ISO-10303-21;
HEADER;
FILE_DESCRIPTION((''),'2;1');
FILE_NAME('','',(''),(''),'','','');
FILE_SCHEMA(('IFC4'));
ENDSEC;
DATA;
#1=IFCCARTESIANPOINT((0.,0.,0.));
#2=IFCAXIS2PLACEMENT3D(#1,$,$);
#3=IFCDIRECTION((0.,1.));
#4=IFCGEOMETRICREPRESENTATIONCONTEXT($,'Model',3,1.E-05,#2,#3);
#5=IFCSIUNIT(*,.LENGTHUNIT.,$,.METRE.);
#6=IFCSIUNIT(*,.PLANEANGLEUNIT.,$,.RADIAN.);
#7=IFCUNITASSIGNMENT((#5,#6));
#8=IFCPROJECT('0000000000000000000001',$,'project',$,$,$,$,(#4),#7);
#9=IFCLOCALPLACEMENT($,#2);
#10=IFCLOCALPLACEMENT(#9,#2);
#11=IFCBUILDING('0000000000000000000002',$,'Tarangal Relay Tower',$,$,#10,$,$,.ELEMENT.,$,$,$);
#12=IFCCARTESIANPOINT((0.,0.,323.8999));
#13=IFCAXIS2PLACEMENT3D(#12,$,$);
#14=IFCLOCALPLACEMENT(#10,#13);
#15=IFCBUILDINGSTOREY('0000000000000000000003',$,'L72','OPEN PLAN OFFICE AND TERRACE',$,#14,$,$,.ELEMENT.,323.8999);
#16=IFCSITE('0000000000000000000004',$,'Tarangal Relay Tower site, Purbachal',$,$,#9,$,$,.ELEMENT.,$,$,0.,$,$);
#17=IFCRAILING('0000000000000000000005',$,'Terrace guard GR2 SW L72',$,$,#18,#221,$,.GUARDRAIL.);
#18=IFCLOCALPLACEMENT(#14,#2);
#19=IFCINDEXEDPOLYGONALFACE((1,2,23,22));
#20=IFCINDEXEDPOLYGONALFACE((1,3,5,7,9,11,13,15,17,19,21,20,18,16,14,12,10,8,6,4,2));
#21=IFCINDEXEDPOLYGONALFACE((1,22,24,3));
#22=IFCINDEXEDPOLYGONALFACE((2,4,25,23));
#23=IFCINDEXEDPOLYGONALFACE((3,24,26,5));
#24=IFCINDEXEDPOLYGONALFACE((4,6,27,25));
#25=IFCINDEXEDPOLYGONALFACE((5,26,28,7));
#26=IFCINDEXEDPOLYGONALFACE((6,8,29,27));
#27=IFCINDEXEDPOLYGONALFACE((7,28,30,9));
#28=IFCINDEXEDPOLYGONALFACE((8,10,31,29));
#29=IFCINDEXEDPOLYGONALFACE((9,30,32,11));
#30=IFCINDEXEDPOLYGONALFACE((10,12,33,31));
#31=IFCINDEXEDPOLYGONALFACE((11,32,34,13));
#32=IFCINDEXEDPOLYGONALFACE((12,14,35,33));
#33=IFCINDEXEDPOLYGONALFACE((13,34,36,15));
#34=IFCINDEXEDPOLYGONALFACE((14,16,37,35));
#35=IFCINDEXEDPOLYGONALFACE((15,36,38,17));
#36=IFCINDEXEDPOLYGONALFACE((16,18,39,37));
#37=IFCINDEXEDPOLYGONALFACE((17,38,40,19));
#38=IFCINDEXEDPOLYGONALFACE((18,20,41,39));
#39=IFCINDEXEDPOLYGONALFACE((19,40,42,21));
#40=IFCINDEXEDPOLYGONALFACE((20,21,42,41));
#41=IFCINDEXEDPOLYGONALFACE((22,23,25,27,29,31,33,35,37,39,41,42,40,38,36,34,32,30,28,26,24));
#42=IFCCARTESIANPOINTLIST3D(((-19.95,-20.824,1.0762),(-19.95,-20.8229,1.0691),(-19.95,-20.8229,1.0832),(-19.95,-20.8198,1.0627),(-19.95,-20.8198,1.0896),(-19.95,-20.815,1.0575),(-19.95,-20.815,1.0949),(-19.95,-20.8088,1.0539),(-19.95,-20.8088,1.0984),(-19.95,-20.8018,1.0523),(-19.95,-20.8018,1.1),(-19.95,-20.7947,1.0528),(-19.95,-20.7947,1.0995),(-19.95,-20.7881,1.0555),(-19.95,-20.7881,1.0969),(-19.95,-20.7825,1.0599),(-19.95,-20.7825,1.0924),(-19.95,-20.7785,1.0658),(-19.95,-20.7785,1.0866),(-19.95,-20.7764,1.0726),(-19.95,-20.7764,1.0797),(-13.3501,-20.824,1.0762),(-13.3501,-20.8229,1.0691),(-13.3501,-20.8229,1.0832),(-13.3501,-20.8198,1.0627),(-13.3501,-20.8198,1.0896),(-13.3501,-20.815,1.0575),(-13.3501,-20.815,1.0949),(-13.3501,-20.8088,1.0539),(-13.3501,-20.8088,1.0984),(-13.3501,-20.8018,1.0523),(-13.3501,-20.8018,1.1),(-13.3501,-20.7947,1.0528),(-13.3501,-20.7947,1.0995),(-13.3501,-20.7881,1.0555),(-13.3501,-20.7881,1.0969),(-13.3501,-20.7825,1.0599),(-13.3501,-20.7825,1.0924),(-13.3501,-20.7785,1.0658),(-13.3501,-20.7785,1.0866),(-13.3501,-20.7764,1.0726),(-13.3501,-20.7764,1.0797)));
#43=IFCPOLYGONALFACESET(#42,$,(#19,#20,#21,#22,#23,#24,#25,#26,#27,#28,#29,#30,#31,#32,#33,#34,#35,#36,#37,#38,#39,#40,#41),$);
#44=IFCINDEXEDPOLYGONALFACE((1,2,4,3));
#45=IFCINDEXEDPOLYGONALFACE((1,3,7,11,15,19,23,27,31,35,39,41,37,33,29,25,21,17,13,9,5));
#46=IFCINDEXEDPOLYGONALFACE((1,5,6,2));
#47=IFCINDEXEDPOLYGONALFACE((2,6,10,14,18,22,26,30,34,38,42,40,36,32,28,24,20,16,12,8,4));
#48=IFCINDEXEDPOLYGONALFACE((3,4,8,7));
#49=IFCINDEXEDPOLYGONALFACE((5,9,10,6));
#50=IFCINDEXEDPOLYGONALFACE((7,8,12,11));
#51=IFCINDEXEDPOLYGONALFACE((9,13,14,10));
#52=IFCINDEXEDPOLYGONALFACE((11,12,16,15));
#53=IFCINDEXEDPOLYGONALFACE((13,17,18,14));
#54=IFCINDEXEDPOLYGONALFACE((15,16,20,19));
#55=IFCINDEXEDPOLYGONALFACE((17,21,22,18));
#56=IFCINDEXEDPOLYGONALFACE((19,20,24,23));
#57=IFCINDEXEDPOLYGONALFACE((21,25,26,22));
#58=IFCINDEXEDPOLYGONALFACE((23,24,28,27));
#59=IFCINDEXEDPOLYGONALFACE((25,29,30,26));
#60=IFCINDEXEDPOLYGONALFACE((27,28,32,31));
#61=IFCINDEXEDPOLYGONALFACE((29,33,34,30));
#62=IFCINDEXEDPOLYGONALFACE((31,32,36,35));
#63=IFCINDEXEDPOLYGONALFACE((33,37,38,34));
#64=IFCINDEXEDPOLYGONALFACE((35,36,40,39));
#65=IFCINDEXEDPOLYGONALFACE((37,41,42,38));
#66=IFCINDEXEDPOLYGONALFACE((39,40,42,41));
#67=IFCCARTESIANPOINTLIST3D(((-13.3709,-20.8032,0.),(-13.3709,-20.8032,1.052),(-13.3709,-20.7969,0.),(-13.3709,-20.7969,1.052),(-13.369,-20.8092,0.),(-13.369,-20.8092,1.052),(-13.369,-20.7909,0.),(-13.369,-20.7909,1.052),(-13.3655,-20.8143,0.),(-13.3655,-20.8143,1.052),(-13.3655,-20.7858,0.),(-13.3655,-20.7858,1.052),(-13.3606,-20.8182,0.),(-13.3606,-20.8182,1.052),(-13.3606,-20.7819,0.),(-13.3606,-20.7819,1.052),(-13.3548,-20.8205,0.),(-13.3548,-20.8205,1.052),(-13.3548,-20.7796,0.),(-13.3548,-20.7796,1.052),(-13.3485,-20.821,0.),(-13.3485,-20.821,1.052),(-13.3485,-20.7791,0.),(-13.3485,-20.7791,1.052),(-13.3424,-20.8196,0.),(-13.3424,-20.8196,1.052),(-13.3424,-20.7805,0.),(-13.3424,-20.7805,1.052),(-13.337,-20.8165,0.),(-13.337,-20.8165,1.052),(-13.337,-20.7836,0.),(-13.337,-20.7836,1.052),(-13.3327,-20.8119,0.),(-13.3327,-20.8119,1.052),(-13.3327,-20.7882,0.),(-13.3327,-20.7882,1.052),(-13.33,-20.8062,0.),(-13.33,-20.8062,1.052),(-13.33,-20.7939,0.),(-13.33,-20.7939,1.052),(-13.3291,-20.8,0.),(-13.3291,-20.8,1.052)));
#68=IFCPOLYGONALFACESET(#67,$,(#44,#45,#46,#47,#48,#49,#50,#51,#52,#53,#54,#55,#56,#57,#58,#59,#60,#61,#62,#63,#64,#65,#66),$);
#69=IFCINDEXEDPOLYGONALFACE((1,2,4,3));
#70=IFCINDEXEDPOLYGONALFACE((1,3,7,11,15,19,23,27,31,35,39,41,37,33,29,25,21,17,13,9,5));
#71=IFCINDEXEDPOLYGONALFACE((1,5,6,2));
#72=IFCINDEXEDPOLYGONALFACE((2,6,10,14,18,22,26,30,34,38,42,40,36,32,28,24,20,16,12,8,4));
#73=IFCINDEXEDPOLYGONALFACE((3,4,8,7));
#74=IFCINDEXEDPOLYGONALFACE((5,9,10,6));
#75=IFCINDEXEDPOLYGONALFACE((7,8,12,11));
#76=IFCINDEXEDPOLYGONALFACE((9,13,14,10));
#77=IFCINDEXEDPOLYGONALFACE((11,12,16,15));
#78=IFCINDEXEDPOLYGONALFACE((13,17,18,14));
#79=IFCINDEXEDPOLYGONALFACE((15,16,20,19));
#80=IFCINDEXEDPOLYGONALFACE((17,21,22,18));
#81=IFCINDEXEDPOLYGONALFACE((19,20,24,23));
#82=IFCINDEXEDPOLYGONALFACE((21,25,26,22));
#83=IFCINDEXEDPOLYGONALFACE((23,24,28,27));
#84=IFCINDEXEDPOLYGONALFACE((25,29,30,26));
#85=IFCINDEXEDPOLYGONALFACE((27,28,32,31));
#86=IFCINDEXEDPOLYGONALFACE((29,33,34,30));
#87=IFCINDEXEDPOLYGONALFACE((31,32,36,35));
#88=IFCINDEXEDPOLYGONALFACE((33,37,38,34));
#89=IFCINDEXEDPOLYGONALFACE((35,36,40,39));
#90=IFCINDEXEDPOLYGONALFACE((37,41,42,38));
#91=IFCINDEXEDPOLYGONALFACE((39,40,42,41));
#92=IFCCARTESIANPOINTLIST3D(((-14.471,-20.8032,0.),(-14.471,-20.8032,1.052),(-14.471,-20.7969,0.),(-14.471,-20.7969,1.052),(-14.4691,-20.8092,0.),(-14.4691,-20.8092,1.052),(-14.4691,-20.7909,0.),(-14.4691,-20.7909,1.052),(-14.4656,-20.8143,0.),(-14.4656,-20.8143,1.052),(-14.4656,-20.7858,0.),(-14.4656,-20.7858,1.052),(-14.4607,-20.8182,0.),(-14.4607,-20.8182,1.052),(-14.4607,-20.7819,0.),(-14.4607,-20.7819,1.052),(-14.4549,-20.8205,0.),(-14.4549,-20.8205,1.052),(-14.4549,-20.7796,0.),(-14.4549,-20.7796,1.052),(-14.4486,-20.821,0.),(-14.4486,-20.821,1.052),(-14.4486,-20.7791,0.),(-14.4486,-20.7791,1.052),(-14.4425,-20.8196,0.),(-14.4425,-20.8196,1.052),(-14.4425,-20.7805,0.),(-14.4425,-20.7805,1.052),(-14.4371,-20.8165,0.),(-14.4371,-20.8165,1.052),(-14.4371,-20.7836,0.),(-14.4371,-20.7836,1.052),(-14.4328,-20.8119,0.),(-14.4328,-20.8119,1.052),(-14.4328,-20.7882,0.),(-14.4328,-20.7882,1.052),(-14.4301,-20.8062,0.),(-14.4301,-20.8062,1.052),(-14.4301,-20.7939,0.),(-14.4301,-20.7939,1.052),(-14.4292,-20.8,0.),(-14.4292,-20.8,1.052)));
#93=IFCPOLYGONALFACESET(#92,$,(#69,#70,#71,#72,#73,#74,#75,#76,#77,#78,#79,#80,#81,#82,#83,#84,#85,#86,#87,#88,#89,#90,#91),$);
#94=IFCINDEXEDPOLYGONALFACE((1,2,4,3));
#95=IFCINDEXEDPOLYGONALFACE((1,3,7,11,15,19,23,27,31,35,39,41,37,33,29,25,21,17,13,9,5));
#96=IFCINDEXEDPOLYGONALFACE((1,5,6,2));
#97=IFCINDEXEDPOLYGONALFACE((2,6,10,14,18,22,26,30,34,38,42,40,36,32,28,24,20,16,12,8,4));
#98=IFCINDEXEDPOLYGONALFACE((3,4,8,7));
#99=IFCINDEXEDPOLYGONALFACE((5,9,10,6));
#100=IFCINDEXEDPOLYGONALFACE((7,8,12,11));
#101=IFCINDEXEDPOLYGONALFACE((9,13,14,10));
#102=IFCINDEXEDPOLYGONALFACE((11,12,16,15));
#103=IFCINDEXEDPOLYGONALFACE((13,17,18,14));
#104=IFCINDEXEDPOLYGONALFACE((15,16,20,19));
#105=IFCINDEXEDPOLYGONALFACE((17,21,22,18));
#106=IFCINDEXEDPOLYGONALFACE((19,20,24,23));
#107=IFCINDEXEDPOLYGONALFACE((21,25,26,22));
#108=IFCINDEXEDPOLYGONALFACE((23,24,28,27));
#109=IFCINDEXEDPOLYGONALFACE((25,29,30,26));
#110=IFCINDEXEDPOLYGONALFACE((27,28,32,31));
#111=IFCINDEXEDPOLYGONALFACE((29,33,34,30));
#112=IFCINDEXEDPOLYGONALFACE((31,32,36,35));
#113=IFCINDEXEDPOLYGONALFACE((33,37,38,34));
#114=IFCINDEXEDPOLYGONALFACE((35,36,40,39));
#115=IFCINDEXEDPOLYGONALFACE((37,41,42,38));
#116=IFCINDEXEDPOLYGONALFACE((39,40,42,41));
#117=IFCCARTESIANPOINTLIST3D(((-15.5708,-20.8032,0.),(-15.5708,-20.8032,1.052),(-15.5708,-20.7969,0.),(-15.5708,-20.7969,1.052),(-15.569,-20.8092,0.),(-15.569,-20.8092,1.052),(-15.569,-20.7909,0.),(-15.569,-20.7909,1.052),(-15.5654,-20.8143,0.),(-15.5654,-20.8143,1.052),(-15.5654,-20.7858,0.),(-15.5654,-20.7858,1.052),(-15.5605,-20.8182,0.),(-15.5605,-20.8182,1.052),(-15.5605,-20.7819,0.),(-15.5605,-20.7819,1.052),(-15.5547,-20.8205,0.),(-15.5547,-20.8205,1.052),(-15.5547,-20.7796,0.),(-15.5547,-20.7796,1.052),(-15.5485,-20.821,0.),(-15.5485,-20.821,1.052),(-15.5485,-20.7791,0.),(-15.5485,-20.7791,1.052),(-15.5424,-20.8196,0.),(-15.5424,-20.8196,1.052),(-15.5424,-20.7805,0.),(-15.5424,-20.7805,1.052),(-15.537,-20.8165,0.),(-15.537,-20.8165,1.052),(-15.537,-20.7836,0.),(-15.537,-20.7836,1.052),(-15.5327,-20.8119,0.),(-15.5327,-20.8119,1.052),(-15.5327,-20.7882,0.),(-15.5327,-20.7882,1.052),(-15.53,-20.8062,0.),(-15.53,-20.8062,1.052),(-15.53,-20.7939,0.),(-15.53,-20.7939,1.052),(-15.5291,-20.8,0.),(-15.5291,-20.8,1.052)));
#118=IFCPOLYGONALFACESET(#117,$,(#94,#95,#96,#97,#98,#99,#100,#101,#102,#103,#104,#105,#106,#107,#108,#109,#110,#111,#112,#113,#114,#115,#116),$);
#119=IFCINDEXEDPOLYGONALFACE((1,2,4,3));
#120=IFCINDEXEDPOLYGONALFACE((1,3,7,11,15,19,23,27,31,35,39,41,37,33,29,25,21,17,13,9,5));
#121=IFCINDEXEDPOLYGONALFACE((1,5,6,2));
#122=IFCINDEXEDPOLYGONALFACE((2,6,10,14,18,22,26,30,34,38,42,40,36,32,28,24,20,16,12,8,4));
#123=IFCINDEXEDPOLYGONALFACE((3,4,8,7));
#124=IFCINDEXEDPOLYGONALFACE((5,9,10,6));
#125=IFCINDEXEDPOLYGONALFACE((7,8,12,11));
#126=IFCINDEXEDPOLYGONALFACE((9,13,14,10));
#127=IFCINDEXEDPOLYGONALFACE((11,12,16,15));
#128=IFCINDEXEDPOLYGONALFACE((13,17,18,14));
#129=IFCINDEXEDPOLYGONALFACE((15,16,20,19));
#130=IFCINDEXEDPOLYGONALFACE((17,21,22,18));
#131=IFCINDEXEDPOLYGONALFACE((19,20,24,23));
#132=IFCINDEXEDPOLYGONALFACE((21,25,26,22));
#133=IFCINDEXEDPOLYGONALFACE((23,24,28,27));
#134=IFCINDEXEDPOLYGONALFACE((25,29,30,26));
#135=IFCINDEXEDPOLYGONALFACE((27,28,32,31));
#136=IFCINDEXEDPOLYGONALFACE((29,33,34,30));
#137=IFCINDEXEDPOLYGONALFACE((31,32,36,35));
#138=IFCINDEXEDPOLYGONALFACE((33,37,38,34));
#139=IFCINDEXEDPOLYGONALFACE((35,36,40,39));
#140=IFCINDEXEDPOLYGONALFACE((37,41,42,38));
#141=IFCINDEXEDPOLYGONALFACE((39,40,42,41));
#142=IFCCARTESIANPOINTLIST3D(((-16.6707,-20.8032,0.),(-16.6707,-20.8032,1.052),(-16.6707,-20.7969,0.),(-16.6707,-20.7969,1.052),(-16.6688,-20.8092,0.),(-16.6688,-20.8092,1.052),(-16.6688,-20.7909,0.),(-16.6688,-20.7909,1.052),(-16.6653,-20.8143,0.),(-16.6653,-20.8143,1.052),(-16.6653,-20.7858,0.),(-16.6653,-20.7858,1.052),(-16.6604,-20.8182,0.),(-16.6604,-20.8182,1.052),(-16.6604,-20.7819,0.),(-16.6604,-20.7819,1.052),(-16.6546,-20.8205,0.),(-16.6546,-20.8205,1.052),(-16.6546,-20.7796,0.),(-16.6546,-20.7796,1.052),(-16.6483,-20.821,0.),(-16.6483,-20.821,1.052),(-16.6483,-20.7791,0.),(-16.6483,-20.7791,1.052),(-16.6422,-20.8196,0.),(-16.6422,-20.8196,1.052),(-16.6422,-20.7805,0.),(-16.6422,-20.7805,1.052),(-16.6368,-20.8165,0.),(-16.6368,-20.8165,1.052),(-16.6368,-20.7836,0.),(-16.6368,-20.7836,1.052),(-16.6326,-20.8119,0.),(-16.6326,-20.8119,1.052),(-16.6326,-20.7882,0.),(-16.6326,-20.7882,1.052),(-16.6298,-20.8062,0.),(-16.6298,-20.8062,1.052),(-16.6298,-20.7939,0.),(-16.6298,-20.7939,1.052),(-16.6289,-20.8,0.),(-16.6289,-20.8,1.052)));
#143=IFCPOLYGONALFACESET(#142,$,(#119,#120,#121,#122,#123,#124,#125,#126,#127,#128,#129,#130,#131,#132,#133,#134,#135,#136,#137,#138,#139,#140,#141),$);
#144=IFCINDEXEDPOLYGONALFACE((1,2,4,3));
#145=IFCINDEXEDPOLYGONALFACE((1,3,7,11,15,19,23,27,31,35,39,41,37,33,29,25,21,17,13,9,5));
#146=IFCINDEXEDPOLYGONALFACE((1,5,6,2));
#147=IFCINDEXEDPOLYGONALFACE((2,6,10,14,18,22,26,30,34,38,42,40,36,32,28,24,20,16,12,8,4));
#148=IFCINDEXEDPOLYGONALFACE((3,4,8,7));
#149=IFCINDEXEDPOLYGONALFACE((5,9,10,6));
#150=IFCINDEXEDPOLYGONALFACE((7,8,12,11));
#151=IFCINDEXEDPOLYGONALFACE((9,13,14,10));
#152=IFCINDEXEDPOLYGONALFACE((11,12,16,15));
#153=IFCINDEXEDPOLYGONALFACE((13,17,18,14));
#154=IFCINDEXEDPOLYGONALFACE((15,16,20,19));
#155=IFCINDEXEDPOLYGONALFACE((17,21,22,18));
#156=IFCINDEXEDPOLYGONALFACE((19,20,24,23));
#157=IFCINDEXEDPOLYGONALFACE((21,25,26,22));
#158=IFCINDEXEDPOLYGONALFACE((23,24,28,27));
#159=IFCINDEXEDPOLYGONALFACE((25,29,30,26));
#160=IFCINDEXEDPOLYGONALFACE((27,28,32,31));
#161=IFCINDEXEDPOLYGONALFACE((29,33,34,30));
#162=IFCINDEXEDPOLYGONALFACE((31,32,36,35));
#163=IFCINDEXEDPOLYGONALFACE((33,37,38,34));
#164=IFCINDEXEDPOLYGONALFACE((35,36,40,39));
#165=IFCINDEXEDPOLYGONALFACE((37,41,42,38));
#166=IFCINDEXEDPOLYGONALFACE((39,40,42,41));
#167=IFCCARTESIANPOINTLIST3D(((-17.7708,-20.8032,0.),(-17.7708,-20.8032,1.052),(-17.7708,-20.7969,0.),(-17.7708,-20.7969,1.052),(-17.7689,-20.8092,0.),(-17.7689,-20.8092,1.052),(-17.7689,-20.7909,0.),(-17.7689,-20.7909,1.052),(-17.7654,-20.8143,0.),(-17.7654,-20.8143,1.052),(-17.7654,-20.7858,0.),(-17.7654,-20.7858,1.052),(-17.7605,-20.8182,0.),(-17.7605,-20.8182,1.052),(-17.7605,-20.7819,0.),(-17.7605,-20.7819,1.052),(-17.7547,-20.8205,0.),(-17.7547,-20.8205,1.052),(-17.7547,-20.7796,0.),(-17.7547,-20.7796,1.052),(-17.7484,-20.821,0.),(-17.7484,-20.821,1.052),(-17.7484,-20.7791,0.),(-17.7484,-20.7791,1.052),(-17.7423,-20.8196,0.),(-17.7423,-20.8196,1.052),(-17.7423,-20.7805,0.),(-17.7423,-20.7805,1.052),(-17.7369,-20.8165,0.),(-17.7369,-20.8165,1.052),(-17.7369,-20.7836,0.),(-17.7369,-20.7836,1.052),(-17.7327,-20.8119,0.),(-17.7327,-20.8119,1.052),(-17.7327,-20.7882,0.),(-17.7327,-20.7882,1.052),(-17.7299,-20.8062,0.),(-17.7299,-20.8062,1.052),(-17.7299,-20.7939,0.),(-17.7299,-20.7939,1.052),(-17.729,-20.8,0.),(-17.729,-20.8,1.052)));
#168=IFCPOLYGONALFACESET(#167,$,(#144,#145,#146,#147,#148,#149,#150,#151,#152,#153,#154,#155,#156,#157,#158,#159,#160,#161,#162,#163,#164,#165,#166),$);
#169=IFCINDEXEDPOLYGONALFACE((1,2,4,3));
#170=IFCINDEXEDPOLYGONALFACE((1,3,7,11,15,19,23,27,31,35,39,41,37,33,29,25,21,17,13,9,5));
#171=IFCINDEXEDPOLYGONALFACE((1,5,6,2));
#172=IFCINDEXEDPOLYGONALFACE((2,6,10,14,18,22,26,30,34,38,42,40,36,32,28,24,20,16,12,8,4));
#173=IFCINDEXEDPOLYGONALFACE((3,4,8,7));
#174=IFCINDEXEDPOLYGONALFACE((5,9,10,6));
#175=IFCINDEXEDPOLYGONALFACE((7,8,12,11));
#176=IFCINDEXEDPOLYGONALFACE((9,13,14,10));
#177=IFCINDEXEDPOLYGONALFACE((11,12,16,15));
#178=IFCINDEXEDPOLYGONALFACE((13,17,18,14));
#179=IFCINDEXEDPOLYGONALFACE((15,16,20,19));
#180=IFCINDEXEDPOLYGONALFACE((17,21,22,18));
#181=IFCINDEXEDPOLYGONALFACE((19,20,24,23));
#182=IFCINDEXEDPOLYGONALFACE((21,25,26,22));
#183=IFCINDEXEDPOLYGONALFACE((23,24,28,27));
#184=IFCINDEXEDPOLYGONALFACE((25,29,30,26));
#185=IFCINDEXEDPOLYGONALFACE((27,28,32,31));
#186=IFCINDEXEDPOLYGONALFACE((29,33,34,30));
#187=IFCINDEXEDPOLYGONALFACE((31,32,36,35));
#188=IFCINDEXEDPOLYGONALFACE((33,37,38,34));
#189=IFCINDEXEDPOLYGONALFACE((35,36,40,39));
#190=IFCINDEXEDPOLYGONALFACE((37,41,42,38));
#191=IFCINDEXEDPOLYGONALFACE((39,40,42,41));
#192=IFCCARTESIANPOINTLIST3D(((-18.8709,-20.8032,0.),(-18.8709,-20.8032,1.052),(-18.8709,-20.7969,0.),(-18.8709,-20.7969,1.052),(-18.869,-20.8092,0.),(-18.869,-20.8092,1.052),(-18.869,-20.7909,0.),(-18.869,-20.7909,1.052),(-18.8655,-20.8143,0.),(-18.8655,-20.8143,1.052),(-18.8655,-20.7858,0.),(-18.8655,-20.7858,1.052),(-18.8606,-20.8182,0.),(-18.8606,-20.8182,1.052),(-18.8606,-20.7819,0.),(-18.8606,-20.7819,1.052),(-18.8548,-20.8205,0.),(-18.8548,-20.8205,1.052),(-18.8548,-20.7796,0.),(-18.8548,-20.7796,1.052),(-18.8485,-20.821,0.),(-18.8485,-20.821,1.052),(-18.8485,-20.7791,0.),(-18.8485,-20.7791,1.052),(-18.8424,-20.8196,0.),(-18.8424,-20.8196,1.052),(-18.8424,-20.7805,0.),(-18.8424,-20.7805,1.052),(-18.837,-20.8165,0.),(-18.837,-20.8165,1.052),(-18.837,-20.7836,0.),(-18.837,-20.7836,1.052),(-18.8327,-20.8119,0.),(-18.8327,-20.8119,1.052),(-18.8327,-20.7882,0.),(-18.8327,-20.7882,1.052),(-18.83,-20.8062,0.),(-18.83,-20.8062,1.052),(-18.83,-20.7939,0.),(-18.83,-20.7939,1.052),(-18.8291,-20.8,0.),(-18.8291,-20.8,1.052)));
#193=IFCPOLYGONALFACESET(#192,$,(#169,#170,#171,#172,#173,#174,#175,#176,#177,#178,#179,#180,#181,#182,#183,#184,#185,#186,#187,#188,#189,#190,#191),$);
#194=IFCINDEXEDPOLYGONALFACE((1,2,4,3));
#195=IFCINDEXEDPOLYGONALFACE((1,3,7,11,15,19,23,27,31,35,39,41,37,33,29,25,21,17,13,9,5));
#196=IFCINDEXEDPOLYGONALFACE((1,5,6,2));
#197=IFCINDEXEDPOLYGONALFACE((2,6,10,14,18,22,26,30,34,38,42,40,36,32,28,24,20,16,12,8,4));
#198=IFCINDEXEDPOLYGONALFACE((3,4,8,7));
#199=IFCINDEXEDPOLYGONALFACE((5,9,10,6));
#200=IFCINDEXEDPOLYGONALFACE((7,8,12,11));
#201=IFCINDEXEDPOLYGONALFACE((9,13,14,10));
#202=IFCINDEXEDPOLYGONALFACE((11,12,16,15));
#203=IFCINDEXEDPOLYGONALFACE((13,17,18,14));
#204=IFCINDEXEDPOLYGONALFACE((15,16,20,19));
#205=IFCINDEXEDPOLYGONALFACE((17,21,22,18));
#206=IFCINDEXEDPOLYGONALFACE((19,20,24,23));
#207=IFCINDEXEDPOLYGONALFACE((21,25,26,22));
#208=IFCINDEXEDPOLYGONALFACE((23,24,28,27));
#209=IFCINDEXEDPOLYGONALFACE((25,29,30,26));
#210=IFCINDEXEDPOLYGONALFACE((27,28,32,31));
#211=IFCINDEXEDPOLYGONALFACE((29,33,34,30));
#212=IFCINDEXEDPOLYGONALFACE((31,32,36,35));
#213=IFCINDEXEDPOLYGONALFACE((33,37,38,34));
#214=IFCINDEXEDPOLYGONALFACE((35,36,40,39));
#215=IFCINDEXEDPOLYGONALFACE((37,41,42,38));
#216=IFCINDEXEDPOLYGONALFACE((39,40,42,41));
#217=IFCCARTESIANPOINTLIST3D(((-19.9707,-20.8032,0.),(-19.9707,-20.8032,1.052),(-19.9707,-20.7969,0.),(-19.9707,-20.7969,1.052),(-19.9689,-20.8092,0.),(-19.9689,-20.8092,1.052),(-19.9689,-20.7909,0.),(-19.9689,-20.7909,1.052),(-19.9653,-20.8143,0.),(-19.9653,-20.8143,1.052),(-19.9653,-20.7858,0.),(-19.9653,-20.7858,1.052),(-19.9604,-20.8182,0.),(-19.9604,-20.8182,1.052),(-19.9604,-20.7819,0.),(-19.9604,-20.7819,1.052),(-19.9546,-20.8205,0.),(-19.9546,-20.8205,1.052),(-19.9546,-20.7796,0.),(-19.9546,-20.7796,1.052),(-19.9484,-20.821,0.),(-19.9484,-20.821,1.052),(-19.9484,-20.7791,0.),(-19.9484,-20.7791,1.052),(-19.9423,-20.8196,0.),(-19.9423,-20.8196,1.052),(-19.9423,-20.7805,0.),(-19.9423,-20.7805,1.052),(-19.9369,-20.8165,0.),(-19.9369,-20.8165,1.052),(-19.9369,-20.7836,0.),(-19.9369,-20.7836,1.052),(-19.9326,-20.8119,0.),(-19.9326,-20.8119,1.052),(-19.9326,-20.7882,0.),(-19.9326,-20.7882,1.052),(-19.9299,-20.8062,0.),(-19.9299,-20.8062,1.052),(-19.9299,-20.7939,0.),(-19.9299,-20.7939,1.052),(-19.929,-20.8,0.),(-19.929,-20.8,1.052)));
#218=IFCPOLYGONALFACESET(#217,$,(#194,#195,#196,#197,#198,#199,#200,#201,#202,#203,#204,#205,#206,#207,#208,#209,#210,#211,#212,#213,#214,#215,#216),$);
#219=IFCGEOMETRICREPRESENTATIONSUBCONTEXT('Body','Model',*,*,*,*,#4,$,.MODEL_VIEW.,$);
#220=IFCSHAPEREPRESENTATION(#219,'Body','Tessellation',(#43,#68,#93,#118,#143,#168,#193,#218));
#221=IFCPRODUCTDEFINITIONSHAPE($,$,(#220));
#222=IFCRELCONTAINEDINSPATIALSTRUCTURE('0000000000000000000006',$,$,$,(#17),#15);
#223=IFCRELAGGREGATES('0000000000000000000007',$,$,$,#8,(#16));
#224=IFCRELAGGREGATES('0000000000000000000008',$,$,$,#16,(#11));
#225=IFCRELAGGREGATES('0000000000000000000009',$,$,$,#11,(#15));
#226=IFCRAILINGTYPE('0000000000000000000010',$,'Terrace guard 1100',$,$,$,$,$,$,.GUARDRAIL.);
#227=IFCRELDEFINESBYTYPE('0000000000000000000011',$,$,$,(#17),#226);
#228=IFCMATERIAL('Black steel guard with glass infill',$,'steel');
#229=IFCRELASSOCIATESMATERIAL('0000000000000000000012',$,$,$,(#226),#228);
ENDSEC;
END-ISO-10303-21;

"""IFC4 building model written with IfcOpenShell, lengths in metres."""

from ifc_helpers import new_model, si_unit, direction, frame, origin, origin_2d, place, context, subcontext, project, spatial, circle, extrude, material, type_object, element, save


model = new_model("IFC4")

# Units and contexts
model_context = context("Model", 3, precision=1e-05, world=origin(), true_north=direction((0.0, 1.0)))
body_context = subcontext(model_context, "Body", "Model", "MODEL_VIEW")
ifc_project = project(units=[si_unit("LENGTHUNIT", "METRE"), si_unit("PLANEANGLEUNIT", "RADIAN")], contexts=[model_context])

# Site, building, storey
site_placement = place(None, origin())
site = spatial("IfcSite", under=ifc_project, at=site_placement, Name="Tarangal Relay Tower site, Purbachal", CompositionType="ELEMENT", RefElevation=0.0)
building_placement = place(site_placement, origin())
building = spatial("IfcBuilding", under=site, at=building_placement, Name="Tarangal Relay Tower", CompositionType="ELEMENT")
storey_placement = place(building_placement, frame((0.0, 0.0, 323.8999)))
storey = spatial("IfcBuildingStorey", under=building, at=storey_placement, Name="L72", Description="OPEN PLAN OFFICE AND TERRACE", CompositionType="ELEMENT", Elevation=323.8999)

# Railing
ifc_material_1 = material(Name="Black steel guard with glass infill", Category="steel")
railing_type = type_object("IfcRailingType", Name="Terrace guard 1100", PredefinedType="GUARDRAIL", material=ifc_material_1)
railing_1_placement = place(storey_placement, frame((-13.3501, -20.8, 0.0)))
element("IfcRailing", 1, at=railing_1_placement, inside=storey, type_object=railing_type, Name="Terrace guard GR2 SW L72", PredefinedType="GUARDRAIL", context=body_context, shape_type="SweptSolid", body=[
    extrude(circle(Radius=0.0239, at=origin_2d()), frame((0.0, 0.0, 1.0762), z_axis=(-1.0, 0.0, 0.0), x_axis=(0.0, -1.0, 0.0)), (0.0, 0.0, 1.0), 6.5999),
    extrude(circle(Radius=0.021, at=origin_2d()), origin(), (0.0, 0.0, 1.0), 1.052),
    extrude(circle(Radius=0.021, at=origin_2d()), frame((-1.1001, 0.0, 0.0)), (0.0, 0.0, 1.0), 1.052),
    extrude(circle(Radius=0.021, at=origin_2d()), frame((-2.2, 0.0, 0.0)), (0.0, 0.0, 1.0), 1.052),
    extrude(circle(Radius=0.021, at=origin_2d()), frame((-3.2998, 0.0, 0.0)), (0.0, 0.0, 1.0), 1.052),
    extrude(circle(Radius=0.021, at=origin_2d()), frame((-4.3999, 0.0, 0.0)), (0.0, 0.0, 1.0), 1.052),
    extrude(circle(Radius=0.021, at=origin_2d()), frame((-5.5, 0.0, 0.0)), (0.0, 0.0, 1.0), 1.052),
    extrude(circle(Radius=0.021, at=origin_2d()), frame((-6.5999, 0.0, 0.0)), (0.0, 0.0, 1.0), 1.052),
])

save(model, "model.ifc")
